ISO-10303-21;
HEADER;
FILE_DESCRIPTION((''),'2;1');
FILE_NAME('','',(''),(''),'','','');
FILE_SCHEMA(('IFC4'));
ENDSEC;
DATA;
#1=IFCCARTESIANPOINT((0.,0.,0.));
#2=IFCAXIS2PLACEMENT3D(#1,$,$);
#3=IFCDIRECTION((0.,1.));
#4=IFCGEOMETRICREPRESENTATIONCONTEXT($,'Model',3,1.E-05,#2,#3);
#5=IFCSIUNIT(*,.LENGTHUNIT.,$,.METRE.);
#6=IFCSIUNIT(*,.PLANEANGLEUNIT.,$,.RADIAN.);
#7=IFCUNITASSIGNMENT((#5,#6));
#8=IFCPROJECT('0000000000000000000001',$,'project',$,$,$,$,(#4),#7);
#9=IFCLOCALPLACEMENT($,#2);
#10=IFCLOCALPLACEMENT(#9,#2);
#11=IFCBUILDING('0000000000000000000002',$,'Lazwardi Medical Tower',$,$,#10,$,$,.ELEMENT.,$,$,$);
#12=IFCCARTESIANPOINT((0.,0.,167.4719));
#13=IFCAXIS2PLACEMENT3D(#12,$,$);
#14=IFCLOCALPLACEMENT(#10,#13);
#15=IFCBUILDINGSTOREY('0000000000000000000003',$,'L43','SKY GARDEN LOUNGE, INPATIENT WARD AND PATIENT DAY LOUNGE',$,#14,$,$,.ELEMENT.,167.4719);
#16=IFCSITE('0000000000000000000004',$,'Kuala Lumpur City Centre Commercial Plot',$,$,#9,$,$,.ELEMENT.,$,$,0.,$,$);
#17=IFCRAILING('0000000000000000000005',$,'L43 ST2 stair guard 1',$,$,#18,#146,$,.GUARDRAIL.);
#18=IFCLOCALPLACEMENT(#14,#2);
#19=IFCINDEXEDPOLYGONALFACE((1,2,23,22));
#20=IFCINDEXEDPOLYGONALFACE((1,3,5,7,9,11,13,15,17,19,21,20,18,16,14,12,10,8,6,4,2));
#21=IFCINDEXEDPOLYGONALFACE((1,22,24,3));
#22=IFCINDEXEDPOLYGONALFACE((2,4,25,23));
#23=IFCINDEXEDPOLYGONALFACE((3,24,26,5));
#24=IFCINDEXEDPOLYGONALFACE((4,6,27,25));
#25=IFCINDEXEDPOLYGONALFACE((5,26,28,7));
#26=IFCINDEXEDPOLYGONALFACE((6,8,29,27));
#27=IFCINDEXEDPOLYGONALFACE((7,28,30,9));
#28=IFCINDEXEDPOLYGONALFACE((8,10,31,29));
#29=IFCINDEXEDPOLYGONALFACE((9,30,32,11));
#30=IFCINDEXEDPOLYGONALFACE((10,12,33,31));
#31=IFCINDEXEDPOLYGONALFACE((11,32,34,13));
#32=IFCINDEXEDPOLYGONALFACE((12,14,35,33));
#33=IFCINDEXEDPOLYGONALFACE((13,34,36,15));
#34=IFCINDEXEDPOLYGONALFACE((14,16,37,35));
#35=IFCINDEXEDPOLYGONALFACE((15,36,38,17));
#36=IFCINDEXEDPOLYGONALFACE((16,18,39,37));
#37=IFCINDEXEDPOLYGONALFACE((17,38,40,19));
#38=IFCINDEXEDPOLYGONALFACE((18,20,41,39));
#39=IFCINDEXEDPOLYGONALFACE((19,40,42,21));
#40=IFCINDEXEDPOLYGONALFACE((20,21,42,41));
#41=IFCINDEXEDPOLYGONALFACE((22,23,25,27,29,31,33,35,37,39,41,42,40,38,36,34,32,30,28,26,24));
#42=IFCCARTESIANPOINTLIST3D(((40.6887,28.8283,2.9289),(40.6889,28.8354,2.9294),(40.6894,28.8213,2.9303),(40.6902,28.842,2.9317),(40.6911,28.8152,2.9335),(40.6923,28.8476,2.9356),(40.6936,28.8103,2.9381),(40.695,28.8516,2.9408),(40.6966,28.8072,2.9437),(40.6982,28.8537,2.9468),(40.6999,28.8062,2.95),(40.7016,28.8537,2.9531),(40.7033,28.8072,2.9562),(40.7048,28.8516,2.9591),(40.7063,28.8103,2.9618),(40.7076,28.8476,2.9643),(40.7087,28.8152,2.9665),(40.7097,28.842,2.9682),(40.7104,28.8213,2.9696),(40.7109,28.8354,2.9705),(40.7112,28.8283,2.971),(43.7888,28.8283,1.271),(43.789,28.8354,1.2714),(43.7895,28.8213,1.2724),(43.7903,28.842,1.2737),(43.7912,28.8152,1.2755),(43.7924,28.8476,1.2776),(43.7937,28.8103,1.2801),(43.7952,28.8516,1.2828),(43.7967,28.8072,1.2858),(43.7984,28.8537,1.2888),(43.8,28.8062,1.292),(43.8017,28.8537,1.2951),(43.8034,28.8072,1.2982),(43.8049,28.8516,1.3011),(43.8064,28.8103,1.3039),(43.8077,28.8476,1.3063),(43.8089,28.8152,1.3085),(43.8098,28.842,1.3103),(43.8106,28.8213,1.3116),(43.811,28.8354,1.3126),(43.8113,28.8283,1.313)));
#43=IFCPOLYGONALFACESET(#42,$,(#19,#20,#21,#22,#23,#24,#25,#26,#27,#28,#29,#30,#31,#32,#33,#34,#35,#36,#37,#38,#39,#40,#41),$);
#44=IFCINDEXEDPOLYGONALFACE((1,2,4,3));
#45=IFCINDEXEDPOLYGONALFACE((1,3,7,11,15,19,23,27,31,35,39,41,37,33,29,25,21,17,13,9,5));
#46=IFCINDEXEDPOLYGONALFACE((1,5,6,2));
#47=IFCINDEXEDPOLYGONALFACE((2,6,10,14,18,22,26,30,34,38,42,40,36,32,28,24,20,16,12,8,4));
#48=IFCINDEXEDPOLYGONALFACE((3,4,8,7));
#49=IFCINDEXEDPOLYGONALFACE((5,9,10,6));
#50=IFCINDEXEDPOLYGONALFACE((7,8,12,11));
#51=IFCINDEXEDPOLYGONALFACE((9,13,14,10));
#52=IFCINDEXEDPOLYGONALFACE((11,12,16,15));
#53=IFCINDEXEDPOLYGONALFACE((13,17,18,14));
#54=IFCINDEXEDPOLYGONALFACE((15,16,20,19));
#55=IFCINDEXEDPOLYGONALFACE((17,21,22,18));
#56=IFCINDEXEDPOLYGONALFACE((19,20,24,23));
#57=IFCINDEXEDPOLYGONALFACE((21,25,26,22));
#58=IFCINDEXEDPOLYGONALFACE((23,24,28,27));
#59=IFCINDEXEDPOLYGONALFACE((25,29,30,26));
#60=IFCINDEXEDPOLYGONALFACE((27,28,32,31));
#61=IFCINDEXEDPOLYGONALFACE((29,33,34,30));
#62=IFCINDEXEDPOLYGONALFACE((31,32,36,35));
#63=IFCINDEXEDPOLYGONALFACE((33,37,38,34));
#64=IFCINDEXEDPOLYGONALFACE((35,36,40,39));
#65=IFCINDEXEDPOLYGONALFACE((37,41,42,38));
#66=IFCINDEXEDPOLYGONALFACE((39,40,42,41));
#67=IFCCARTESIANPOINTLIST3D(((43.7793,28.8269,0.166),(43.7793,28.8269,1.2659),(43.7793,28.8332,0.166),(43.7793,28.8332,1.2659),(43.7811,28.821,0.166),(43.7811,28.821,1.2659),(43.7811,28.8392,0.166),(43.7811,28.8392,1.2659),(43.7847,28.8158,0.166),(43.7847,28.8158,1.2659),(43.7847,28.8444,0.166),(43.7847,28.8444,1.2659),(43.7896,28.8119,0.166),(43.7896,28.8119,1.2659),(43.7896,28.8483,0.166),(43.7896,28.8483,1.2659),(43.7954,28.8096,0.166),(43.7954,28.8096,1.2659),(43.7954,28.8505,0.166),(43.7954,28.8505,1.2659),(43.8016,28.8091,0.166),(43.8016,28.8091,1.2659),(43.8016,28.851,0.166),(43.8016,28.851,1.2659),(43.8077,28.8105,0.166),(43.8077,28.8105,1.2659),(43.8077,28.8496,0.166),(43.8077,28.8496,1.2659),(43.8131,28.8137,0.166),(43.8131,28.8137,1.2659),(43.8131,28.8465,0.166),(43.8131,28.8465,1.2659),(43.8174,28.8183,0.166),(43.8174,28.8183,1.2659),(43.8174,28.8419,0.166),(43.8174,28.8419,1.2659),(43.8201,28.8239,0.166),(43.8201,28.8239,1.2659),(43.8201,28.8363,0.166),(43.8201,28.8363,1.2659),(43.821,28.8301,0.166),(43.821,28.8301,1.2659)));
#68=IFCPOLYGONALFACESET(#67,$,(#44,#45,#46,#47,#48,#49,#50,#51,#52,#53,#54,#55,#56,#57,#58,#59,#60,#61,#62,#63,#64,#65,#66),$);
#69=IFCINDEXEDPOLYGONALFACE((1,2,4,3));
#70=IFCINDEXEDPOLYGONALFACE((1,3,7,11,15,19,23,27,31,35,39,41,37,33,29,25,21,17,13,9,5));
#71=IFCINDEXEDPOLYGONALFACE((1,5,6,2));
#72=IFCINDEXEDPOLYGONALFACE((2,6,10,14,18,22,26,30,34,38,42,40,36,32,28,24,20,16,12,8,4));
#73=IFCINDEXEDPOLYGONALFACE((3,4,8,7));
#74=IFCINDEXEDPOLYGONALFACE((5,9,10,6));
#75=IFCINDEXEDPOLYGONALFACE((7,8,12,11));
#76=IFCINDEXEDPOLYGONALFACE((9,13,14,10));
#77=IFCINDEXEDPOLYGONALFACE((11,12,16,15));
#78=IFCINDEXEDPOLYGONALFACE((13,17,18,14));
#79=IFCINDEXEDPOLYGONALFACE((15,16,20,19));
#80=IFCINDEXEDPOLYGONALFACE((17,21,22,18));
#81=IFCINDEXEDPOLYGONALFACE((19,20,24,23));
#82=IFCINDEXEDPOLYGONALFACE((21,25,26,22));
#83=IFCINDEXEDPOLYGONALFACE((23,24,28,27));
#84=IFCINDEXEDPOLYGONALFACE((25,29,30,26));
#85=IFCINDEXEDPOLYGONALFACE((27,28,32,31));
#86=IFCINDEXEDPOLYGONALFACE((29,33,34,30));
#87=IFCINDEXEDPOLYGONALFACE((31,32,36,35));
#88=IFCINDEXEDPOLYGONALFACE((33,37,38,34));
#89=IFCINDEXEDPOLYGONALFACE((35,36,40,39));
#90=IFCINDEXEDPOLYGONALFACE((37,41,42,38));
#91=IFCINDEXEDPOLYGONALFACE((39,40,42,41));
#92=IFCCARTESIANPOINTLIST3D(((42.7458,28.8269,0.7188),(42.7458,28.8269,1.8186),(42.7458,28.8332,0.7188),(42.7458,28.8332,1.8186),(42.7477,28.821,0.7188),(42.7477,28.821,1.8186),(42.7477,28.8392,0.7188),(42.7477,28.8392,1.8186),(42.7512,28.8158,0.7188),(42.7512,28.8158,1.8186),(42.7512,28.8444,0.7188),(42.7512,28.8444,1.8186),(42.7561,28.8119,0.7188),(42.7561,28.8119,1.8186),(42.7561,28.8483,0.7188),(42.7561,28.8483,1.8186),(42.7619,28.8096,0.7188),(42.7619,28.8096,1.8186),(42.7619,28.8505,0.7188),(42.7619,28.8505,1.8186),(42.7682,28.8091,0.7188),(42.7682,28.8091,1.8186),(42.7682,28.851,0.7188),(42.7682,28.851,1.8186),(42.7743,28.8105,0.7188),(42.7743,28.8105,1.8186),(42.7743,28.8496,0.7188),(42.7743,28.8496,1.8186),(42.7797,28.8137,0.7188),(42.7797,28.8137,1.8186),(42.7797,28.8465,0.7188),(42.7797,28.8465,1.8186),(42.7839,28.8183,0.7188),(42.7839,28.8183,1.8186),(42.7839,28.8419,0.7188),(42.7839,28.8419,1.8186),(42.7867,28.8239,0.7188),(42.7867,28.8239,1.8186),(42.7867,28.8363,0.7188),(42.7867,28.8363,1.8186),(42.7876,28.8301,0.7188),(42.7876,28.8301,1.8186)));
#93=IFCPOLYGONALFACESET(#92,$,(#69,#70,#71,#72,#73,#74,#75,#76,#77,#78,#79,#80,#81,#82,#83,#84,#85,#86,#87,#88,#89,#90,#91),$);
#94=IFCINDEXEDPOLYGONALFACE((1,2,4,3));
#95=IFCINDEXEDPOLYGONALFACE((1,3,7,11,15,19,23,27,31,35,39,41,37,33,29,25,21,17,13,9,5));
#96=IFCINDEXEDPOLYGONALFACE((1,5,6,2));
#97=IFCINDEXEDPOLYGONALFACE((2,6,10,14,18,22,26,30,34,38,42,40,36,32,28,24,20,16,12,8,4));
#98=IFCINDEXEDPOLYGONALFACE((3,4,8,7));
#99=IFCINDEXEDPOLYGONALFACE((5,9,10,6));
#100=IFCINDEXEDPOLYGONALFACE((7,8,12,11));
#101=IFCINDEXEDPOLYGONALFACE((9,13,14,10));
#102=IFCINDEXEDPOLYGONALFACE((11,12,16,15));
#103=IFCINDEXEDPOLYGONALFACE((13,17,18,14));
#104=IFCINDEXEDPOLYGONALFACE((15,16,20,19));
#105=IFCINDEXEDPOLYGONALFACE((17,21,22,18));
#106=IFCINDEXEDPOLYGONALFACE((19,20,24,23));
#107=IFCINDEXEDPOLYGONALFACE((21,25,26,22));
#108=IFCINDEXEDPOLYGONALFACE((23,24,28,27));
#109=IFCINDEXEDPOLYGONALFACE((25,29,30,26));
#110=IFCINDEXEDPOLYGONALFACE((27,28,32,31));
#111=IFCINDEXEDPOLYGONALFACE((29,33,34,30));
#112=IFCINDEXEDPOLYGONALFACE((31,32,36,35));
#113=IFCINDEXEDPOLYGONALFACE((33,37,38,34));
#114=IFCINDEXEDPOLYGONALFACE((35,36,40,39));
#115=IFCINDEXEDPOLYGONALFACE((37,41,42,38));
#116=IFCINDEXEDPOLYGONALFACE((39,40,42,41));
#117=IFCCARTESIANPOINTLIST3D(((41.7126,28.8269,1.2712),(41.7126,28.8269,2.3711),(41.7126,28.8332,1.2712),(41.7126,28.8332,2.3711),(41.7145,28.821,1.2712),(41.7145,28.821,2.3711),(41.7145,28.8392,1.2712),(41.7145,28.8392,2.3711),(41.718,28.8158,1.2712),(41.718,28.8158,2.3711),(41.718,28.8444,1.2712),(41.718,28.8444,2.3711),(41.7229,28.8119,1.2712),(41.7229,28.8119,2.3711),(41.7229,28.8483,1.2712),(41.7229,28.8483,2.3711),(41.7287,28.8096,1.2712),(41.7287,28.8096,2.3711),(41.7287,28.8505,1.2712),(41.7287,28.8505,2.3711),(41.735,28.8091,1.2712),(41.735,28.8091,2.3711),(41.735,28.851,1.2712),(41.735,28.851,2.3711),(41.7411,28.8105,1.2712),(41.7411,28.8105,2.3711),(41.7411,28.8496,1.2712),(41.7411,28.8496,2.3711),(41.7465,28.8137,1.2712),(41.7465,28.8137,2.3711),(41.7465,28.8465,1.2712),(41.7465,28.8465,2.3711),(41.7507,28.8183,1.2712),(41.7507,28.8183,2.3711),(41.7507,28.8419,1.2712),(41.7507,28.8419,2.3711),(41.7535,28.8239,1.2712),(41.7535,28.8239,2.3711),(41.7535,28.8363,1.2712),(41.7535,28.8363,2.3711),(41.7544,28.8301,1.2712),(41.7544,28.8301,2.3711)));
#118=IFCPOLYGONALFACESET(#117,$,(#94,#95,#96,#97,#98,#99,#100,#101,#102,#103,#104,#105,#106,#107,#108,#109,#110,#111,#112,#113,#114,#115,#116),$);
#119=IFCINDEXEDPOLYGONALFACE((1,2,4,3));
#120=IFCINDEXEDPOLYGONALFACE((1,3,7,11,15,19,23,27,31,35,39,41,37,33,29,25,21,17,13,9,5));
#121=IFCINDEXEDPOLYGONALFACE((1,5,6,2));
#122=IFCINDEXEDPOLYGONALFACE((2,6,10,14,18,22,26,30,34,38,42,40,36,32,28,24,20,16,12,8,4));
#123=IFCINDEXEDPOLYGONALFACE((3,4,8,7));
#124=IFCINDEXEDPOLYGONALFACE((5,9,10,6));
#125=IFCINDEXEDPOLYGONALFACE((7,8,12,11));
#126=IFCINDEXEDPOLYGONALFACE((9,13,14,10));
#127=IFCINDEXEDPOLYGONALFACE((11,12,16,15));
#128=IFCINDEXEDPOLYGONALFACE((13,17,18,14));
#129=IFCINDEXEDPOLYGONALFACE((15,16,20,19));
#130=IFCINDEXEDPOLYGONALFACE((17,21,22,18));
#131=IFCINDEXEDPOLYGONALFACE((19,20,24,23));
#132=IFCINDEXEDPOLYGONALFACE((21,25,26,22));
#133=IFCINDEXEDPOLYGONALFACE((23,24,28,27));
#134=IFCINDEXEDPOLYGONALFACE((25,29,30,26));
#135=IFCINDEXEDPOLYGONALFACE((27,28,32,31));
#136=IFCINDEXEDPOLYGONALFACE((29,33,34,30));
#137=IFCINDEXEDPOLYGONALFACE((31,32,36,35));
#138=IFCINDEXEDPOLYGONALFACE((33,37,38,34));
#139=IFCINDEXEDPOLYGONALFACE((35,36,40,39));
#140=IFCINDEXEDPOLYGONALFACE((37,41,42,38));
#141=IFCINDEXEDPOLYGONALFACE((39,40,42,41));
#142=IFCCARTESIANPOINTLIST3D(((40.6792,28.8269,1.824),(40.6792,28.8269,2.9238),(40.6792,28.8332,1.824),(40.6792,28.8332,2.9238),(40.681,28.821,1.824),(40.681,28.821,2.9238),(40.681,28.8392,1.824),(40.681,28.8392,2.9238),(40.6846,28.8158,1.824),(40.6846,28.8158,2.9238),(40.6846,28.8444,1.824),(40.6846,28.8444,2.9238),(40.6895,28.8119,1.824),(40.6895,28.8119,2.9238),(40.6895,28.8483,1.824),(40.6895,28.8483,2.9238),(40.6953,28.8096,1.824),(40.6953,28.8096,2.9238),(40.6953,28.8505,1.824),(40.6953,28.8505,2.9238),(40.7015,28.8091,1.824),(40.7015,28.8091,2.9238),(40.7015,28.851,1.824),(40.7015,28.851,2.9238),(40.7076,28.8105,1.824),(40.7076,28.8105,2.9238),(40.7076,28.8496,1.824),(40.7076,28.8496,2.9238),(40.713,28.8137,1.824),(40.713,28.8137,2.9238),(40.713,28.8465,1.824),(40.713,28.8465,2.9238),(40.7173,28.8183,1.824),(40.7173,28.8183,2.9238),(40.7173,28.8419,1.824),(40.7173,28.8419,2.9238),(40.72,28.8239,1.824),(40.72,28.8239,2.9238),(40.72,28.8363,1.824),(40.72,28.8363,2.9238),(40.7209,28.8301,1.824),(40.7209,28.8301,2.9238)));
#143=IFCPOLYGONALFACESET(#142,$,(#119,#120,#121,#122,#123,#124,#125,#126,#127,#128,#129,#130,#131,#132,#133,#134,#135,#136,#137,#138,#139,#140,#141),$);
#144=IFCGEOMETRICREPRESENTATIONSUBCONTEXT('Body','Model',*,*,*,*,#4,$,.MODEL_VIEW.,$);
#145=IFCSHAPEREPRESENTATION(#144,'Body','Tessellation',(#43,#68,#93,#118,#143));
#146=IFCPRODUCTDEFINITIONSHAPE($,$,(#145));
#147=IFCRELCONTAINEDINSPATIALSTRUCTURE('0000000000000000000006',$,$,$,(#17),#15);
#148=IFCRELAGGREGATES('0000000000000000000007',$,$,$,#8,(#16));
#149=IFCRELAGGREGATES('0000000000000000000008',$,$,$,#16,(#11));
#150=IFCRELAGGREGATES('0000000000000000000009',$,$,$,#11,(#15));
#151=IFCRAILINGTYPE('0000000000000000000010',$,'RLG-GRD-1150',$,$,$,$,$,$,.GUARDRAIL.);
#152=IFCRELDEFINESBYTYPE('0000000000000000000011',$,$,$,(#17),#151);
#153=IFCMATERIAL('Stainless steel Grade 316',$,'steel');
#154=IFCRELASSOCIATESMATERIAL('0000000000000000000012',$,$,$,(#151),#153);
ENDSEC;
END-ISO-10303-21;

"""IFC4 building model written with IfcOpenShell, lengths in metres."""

from ifc_helpers import new_model, si_unit, direction, frame, origin, origin_2d, place, context, subcontext, project, spatial, circle, extrude, material, type_object, element, save


model = new_model("IFC4")

# Units and contexts
model_context = context("Model", 3, precision=1e-05, world=origin(), true_north=direction((0.0, 1.0)))
body_context = subcontext(model_context, "Body", "Model", "MODEL_VIEW")
ifc_project = project(units=[si_unit("LENGTHUNIT", "METRE"), si_unit("PLANEANGLEUNIT", "RADIAN")], contexts=[model_context])

# Site, building, storey
site_placement = place(None, origin())
site = spatial("IfcSite", under=ifc_project, at=site_placement, Name="Kuala Lumpur City Centre Commercial Plot", CompositionType="ELEMENT", RefElevation=0.0)
building_placement = place(site_placement, origin())
building = spatial("IfcBuilding", under=site, at=building_placement, Name="Lazwardi Medical Tower", CompositionType="ELEMENT")
storey_placement = place(building_placement, frame((0.0, 0.0, 167.4719)))
storey = spatial("IfcBuildingStorey", under=building, at=storey_placement, Name="L43", Description="SKY GARDEN LOUNGE, INPATIENT WARD AND PATIENT DAY LOUNGE", CompositionType="ELEMENT", Elevation=167.4719)

# Railing
ifc_material_1 = material(Name="Stainless steel Grade 316", Category="steel")
railing_type_1 = type_object("IfcRailingType", Name="RLG-GRD-1150", PredefinedType="GUARDRAIL", material=ifc_material_1)
railing_1_placement = place(storey_placement, frame((43.8, 28.8301, 0.166)))
element("IfcRailing", 1, at=railing_1_placement, inside=storey, type_object=railing_type_1, Name="L43 ST2 stair guard 1", PredefinedType="GUARDRAIL", context=body_context, shape_type="SweptSolid", body=[
    extrude(circle(Radius=0.0239, at=origin_2d()), frame((0.0, 0.0, 1.126), z_axis=(-0.881812, 0.0, 0.471601), x_axis=(0.0, -1.0, 0.0)), (0.0, 0.0, 1.0), 3.5156),
    extrude(circle(Radius=0.021, at=origin_2d()), origin(), (0.0, 0.0, 1.0), 1.0999),
    extrude(circle(Radius=0.021, at=origin_2d()), frame((-1.0334, 0.0, 0.5527)), (0.0, 0.0, 1.0), 1.0999),
    extrude(circle(Radius=0.021, at=origin_2d()), frame((-2.0667, 0.0, 1.1052)), (0.0, 0.0, 1.0), 1.0999),
    extrude(circle(Radius=0.021, at=origin_2d()), frame((-3.1001, 0.0, 1.658)), (0.0, 0.0, 1.0), 1.0999),
])

save(model, "model.ifc")
